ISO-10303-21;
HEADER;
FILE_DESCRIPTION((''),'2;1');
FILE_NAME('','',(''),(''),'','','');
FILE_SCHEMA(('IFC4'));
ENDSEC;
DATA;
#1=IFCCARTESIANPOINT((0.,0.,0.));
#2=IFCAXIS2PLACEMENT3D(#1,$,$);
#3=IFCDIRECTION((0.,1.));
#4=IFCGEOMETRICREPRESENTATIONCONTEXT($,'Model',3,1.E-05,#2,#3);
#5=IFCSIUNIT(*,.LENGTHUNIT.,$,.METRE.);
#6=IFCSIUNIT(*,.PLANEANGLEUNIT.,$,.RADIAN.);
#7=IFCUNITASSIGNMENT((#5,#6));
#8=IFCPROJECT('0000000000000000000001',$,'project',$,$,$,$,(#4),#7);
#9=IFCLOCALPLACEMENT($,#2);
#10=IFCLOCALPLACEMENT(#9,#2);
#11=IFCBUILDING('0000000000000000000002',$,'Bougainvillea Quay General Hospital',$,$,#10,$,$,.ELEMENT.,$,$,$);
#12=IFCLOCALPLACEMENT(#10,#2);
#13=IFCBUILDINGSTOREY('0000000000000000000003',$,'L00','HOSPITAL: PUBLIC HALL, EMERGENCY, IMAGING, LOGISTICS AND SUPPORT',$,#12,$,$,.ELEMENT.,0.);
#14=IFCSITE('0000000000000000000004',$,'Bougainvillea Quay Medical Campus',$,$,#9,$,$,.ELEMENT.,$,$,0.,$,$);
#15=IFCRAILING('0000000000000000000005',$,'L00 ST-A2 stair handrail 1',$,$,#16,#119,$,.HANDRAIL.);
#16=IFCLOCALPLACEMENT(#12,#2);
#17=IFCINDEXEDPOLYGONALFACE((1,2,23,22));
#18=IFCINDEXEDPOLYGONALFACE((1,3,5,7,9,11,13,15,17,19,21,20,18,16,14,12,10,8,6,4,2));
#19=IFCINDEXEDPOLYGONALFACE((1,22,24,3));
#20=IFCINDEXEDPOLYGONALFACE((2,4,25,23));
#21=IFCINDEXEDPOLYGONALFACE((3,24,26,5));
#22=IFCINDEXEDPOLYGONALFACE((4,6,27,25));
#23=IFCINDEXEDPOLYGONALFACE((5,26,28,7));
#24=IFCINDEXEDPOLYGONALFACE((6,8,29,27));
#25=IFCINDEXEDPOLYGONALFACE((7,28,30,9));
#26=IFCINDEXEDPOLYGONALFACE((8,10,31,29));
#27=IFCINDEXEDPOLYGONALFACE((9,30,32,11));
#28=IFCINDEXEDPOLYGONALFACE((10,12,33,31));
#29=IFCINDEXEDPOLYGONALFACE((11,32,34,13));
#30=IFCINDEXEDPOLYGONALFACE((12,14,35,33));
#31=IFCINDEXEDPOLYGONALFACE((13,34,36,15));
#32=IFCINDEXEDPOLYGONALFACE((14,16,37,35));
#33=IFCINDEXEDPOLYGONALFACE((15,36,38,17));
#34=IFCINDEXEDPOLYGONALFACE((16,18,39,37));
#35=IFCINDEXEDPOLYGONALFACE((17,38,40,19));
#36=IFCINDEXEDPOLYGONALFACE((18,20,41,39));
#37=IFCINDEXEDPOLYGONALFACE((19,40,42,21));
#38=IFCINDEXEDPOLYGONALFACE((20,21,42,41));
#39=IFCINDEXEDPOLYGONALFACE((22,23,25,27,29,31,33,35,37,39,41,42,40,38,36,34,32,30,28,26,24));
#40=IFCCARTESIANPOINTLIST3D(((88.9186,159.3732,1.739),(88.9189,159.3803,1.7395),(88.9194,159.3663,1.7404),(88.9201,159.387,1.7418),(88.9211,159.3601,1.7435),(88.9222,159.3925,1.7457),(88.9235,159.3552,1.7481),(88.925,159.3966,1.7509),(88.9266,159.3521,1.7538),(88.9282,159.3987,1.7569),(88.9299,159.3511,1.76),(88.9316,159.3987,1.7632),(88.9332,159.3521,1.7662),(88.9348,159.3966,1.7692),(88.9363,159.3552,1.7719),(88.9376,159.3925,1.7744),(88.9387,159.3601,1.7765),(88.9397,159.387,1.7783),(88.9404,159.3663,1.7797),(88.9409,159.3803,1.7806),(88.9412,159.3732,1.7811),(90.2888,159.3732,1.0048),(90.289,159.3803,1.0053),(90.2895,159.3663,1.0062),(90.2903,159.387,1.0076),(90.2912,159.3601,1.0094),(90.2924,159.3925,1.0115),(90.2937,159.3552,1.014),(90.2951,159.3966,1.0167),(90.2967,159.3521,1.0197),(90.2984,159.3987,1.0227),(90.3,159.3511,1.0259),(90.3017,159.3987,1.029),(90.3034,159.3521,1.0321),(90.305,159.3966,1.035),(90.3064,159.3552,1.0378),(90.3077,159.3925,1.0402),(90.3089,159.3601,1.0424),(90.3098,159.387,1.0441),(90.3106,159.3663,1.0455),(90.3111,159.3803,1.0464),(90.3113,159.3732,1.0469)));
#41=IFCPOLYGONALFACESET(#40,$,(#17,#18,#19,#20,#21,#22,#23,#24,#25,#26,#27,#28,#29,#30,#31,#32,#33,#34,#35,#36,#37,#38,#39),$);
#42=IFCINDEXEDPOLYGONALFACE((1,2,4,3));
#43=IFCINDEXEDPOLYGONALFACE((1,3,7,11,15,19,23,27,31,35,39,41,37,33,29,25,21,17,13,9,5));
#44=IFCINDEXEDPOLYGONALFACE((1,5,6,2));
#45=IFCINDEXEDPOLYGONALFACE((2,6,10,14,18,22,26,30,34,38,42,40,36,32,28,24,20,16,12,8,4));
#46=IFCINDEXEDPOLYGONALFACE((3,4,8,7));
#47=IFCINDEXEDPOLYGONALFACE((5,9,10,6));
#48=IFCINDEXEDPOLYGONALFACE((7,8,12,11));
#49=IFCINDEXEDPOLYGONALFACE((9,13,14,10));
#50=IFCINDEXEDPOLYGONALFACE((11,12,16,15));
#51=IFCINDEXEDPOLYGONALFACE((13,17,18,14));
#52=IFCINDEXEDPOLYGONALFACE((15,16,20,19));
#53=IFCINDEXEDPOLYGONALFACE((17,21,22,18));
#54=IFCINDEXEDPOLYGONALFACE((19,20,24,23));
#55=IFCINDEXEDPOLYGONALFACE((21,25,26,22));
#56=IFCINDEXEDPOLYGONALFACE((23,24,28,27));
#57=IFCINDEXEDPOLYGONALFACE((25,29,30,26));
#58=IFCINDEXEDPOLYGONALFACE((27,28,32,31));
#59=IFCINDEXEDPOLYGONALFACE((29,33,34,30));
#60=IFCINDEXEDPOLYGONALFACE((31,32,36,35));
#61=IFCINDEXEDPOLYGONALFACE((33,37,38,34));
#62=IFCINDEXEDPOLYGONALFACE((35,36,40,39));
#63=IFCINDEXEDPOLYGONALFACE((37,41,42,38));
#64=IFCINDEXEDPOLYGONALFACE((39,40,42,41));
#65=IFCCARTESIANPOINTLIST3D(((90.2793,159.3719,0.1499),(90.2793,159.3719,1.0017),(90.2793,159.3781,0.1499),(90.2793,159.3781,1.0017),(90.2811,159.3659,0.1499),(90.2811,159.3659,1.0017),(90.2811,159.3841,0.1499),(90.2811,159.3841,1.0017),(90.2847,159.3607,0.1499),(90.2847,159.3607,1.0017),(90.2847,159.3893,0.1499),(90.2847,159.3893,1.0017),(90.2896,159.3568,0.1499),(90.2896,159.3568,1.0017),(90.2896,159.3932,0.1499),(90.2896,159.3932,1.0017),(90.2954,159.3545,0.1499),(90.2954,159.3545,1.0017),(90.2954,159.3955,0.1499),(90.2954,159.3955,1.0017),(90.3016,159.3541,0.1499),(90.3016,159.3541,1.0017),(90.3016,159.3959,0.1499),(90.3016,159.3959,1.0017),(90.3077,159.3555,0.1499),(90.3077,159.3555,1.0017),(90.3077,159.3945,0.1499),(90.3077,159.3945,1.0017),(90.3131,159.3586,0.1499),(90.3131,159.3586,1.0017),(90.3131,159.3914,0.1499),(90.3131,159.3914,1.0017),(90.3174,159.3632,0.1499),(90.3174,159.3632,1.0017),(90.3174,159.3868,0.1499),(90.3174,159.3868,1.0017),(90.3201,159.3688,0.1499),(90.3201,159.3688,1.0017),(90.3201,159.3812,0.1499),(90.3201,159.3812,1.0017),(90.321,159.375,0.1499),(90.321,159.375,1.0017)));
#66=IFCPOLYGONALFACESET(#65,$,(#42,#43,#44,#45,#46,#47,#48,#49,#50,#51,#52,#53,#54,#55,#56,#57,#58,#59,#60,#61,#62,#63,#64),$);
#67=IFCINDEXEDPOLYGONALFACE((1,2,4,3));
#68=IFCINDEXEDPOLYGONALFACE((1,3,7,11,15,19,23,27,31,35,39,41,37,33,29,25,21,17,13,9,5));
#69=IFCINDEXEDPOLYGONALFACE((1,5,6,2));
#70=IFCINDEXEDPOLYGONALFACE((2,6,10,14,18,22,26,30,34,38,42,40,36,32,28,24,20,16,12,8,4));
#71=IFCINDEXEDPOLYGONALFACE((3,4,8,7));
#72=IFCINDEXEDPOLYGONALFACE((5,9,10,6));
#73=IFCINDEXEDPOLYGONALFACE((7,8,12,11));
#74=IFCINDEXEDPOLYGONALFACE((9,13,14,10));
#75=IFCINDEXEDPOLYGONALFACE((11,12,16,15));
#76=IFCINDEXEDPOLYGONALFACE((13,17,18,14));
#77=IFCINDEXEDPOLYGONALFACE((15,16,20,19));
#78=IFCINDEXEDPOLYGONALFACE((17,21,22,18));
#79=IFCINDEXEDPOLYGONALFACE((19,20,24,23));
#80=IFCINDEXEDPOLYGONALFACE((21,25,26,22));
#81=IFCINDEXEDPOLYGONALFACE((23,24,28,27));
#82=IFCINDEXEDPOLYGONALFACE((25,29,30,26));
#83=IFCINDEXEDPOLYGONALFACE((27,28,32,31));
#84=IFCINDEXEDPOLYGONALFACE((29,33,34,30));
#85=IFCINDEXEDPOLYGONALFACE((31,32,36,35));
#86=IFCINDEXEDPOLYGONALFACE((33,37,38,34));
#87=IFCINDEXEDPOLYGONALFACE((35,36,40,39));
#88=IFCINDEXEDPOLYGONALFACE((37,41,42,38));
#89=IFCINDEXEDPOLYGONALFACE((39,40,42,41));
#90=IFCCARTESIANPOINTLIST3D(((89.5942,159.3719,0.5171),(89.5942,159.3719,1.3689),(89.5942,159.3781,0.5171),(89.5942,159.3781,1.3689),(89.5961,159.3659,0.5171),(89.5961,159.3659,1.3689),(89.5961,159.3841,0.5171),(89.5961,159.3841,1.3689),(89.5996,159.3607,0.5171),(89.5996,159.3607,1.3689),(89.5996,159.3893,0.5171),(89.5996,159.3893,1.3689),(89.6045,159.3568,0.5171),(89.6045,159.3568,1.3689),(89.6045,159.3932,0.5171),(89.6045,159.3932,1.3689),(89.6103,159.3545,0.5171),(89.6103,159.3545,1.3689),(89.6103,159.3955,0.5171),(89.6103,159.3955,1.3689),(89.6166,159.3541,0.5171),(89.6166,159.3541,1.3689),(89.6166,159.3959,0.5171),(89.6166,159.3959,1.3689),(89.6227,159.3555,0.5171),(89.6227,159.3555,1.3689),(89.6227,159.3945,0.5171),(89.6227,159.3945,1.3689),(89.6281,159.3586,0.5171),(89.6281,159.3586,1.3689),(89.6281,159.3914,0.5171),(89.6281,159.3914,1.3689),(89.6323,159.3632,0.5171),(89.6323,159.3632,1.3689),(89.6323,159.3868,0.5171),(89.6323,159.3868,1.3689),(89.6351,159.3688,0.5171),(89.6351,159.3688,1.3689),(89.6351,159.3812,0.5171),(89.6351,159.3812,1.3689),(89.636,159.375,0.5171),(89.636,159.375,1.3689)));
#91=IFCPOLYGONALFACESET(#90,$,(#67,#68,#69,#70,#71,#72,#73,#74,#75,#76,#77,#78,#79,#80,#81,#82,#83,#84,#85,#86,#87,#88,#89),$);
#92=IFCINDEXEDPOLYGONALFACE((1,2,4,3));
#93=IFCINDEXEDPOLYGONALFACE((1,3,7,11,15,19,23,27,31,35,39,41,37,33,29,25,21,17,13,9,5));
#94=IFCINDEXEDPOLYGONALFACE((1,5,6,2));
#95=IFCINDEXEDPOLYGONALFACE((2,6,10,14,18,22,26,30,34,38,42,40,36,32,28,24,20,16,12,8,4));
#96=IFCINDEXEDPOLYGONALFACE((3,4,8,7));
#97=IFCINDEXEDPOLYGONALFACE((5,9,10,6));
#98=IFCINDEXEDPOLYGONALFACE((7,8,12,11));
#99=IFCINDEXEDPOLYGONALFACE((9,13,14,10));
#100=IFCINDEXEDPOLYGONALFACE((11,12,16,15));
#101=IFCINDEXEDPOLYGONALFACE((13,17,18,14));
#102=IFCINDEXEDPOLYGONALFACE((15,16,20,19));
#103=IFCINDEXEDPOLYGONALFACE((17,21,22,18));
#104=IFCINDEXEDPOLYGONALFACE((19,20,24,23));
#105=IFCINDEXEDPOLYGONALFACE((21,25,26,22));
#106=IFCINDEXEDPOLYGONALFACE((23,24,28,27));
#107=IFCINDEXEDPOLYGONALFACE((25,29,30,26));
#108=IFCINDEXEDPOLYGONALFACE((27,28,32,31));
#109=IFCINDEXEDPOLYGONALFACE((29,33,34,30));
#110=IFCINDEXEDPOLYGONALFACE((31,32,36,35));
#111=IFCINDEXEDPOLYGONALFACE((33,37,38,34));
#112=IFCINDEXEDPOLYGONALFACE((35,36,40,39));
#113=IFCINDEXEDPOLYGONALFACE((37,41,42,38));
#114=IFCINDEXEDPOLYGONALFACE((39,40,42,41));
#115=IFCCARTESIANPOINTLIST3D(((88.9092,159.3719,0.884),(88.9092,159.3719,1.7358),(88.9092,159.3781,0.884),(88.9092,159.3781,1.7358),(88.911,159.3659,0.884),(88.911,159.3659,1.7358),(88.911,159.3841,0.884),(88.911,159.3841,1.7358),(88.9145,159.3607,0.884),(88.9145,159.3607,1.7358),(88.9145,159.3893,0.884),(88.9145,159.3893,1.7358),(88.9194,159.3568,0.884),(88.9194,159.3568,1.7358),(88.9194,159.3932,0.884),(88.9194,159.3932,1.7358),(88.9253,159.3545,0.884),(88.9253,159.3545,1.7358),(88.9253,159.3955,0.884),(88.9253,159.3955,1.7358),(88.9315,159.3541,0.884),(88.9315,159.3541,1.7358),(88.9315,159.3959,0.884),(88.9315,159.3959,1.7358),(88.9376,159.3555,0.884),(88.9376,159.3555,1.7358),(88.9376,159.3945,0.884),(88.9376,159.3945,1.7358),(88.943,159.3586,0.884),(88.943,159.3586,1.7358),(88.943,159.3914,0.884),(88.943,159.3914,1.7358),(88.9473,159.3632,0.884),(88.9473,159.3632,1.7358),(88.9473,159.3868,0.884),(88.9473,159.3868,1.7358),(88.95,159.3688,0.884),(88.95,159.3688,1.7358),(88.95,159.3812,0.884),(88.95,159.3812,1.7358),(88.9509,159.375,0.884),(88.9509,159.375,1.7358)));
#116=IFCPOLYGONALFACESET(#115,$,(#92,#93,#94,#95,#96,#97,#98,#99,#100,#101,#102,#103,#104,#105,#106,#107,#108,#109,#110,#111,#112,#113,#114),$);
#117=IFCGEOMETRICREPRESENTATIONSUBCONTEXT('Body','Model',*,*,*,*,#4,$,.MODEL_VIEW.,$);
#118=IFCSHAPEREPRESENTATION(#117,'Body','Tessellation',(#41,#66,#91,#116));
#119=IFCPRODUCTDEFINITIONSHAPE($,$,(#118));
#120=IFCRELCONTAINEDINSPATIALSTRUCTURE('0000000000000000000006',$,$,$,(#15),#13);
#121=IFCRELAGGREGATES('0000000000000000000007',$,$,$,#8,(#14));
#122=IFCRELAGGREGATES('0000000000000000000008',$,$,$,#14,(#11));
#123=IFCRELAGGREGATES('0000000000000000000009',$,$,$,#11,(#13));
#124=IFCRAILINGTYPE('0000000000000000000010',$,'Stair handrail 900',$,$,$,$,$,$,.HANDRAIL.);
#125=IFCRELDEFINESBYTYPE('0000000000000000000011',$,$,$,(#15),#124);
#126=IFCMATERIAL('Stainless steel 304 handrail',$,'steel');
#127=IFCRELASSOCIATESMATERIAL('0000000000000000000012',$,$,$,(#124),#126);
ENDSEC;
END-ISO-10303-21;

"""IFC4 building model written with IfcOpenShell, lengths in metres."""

from ifc_helpers import new_model, si_unit, direction, frame, origin, origin_2d, place, context, subcontext, project, spatial, circle, extrude, material, type_object, element, save


model = new_model("IFC4")

# Units and contexts
model_context = context("Model", 3, precision=1e-05, world=origin(), true_north=direction((0.0, 1.0)))
body_context = subcontext(model_context, "Body", "Model", "MODEL_VIEW")
ifc_project = project(units=[si_unit("LENGTHUNIT", "METRE"), si_unit("PLANEANGLEUNIT", "RADIAN")], contexts=[model_context])

# Site, building, storey
site_placement = place(None, origin())
site = spatial("IfcSite", under=ifc_project, at=site_placement, Name="Bougainvillea Quay Medical Campus", CompositionType="ELEMENT", RefElevation=0.0)
building_placement = place(site_placement, origin())
building = spatial("IfcBuilding", under=site, at=building_placement, Name="Bougainvillea Quay General Hospital", CompositionType="ELEMENT")
storey_placement = place(building_placement, origin())
storey = spatial("IfcBuildingStorey", under=building, at=storey_placement, Name="L00", Description="HOSPITAL: PUBLIC HALL, EMERGENCY, IMAGING, LOGISTICS AND SUPPORT", CompositionType="ELEMENT", Elevation=0.0)

# Railing
ifc_material_1 = material(Name="Stainless steel 304 handrail", Category="steel")
railing_type_1 = type_object("IfcRailingType", Name="Stair handrail 900", PredefinedType="HANDRAIL", material=ifc_material_1)
railing_1_placement = place(storey_placement, frame((90.3, 159.375, 0.1499)))
element("IfcRailing", 1, at=railing_1_placement, inside=storey, type_object=railing_type_1, Name="L00 ST-A2 stair handrail 1", PredefinedType="HANDRAIL", context=body_context, shape_type="SweptSolid", body=[
    extrude(circle(Radius=0.0239, at=origin_2d()), frame((0.0, 0.0, 0.876), z_axis=(-0.881443, 0.0, 0.472291), x_axis=(0.0, -1.0, 0.0)), (0.0, 0.0, 1.0), 1.5544),
    extrude(circle(Radius=0.021, at=origin_2d()), origin(), (0.0, 0.0, 1.0), 0.8518),
    extrude(circle(Radius=0.021, at=origin_2d()), frame((-0.6851, 0.0, 0.3672)), (0.0, 0.0, 1.0), 0.8518),
    extrude(circle(Radius=0.021, at=origin_2d()), frame((-1.3701, 0.0, 0.7341)), (0.0, 0.0, 1.0), 0.8518),
])

save(model, "model.ifc")
